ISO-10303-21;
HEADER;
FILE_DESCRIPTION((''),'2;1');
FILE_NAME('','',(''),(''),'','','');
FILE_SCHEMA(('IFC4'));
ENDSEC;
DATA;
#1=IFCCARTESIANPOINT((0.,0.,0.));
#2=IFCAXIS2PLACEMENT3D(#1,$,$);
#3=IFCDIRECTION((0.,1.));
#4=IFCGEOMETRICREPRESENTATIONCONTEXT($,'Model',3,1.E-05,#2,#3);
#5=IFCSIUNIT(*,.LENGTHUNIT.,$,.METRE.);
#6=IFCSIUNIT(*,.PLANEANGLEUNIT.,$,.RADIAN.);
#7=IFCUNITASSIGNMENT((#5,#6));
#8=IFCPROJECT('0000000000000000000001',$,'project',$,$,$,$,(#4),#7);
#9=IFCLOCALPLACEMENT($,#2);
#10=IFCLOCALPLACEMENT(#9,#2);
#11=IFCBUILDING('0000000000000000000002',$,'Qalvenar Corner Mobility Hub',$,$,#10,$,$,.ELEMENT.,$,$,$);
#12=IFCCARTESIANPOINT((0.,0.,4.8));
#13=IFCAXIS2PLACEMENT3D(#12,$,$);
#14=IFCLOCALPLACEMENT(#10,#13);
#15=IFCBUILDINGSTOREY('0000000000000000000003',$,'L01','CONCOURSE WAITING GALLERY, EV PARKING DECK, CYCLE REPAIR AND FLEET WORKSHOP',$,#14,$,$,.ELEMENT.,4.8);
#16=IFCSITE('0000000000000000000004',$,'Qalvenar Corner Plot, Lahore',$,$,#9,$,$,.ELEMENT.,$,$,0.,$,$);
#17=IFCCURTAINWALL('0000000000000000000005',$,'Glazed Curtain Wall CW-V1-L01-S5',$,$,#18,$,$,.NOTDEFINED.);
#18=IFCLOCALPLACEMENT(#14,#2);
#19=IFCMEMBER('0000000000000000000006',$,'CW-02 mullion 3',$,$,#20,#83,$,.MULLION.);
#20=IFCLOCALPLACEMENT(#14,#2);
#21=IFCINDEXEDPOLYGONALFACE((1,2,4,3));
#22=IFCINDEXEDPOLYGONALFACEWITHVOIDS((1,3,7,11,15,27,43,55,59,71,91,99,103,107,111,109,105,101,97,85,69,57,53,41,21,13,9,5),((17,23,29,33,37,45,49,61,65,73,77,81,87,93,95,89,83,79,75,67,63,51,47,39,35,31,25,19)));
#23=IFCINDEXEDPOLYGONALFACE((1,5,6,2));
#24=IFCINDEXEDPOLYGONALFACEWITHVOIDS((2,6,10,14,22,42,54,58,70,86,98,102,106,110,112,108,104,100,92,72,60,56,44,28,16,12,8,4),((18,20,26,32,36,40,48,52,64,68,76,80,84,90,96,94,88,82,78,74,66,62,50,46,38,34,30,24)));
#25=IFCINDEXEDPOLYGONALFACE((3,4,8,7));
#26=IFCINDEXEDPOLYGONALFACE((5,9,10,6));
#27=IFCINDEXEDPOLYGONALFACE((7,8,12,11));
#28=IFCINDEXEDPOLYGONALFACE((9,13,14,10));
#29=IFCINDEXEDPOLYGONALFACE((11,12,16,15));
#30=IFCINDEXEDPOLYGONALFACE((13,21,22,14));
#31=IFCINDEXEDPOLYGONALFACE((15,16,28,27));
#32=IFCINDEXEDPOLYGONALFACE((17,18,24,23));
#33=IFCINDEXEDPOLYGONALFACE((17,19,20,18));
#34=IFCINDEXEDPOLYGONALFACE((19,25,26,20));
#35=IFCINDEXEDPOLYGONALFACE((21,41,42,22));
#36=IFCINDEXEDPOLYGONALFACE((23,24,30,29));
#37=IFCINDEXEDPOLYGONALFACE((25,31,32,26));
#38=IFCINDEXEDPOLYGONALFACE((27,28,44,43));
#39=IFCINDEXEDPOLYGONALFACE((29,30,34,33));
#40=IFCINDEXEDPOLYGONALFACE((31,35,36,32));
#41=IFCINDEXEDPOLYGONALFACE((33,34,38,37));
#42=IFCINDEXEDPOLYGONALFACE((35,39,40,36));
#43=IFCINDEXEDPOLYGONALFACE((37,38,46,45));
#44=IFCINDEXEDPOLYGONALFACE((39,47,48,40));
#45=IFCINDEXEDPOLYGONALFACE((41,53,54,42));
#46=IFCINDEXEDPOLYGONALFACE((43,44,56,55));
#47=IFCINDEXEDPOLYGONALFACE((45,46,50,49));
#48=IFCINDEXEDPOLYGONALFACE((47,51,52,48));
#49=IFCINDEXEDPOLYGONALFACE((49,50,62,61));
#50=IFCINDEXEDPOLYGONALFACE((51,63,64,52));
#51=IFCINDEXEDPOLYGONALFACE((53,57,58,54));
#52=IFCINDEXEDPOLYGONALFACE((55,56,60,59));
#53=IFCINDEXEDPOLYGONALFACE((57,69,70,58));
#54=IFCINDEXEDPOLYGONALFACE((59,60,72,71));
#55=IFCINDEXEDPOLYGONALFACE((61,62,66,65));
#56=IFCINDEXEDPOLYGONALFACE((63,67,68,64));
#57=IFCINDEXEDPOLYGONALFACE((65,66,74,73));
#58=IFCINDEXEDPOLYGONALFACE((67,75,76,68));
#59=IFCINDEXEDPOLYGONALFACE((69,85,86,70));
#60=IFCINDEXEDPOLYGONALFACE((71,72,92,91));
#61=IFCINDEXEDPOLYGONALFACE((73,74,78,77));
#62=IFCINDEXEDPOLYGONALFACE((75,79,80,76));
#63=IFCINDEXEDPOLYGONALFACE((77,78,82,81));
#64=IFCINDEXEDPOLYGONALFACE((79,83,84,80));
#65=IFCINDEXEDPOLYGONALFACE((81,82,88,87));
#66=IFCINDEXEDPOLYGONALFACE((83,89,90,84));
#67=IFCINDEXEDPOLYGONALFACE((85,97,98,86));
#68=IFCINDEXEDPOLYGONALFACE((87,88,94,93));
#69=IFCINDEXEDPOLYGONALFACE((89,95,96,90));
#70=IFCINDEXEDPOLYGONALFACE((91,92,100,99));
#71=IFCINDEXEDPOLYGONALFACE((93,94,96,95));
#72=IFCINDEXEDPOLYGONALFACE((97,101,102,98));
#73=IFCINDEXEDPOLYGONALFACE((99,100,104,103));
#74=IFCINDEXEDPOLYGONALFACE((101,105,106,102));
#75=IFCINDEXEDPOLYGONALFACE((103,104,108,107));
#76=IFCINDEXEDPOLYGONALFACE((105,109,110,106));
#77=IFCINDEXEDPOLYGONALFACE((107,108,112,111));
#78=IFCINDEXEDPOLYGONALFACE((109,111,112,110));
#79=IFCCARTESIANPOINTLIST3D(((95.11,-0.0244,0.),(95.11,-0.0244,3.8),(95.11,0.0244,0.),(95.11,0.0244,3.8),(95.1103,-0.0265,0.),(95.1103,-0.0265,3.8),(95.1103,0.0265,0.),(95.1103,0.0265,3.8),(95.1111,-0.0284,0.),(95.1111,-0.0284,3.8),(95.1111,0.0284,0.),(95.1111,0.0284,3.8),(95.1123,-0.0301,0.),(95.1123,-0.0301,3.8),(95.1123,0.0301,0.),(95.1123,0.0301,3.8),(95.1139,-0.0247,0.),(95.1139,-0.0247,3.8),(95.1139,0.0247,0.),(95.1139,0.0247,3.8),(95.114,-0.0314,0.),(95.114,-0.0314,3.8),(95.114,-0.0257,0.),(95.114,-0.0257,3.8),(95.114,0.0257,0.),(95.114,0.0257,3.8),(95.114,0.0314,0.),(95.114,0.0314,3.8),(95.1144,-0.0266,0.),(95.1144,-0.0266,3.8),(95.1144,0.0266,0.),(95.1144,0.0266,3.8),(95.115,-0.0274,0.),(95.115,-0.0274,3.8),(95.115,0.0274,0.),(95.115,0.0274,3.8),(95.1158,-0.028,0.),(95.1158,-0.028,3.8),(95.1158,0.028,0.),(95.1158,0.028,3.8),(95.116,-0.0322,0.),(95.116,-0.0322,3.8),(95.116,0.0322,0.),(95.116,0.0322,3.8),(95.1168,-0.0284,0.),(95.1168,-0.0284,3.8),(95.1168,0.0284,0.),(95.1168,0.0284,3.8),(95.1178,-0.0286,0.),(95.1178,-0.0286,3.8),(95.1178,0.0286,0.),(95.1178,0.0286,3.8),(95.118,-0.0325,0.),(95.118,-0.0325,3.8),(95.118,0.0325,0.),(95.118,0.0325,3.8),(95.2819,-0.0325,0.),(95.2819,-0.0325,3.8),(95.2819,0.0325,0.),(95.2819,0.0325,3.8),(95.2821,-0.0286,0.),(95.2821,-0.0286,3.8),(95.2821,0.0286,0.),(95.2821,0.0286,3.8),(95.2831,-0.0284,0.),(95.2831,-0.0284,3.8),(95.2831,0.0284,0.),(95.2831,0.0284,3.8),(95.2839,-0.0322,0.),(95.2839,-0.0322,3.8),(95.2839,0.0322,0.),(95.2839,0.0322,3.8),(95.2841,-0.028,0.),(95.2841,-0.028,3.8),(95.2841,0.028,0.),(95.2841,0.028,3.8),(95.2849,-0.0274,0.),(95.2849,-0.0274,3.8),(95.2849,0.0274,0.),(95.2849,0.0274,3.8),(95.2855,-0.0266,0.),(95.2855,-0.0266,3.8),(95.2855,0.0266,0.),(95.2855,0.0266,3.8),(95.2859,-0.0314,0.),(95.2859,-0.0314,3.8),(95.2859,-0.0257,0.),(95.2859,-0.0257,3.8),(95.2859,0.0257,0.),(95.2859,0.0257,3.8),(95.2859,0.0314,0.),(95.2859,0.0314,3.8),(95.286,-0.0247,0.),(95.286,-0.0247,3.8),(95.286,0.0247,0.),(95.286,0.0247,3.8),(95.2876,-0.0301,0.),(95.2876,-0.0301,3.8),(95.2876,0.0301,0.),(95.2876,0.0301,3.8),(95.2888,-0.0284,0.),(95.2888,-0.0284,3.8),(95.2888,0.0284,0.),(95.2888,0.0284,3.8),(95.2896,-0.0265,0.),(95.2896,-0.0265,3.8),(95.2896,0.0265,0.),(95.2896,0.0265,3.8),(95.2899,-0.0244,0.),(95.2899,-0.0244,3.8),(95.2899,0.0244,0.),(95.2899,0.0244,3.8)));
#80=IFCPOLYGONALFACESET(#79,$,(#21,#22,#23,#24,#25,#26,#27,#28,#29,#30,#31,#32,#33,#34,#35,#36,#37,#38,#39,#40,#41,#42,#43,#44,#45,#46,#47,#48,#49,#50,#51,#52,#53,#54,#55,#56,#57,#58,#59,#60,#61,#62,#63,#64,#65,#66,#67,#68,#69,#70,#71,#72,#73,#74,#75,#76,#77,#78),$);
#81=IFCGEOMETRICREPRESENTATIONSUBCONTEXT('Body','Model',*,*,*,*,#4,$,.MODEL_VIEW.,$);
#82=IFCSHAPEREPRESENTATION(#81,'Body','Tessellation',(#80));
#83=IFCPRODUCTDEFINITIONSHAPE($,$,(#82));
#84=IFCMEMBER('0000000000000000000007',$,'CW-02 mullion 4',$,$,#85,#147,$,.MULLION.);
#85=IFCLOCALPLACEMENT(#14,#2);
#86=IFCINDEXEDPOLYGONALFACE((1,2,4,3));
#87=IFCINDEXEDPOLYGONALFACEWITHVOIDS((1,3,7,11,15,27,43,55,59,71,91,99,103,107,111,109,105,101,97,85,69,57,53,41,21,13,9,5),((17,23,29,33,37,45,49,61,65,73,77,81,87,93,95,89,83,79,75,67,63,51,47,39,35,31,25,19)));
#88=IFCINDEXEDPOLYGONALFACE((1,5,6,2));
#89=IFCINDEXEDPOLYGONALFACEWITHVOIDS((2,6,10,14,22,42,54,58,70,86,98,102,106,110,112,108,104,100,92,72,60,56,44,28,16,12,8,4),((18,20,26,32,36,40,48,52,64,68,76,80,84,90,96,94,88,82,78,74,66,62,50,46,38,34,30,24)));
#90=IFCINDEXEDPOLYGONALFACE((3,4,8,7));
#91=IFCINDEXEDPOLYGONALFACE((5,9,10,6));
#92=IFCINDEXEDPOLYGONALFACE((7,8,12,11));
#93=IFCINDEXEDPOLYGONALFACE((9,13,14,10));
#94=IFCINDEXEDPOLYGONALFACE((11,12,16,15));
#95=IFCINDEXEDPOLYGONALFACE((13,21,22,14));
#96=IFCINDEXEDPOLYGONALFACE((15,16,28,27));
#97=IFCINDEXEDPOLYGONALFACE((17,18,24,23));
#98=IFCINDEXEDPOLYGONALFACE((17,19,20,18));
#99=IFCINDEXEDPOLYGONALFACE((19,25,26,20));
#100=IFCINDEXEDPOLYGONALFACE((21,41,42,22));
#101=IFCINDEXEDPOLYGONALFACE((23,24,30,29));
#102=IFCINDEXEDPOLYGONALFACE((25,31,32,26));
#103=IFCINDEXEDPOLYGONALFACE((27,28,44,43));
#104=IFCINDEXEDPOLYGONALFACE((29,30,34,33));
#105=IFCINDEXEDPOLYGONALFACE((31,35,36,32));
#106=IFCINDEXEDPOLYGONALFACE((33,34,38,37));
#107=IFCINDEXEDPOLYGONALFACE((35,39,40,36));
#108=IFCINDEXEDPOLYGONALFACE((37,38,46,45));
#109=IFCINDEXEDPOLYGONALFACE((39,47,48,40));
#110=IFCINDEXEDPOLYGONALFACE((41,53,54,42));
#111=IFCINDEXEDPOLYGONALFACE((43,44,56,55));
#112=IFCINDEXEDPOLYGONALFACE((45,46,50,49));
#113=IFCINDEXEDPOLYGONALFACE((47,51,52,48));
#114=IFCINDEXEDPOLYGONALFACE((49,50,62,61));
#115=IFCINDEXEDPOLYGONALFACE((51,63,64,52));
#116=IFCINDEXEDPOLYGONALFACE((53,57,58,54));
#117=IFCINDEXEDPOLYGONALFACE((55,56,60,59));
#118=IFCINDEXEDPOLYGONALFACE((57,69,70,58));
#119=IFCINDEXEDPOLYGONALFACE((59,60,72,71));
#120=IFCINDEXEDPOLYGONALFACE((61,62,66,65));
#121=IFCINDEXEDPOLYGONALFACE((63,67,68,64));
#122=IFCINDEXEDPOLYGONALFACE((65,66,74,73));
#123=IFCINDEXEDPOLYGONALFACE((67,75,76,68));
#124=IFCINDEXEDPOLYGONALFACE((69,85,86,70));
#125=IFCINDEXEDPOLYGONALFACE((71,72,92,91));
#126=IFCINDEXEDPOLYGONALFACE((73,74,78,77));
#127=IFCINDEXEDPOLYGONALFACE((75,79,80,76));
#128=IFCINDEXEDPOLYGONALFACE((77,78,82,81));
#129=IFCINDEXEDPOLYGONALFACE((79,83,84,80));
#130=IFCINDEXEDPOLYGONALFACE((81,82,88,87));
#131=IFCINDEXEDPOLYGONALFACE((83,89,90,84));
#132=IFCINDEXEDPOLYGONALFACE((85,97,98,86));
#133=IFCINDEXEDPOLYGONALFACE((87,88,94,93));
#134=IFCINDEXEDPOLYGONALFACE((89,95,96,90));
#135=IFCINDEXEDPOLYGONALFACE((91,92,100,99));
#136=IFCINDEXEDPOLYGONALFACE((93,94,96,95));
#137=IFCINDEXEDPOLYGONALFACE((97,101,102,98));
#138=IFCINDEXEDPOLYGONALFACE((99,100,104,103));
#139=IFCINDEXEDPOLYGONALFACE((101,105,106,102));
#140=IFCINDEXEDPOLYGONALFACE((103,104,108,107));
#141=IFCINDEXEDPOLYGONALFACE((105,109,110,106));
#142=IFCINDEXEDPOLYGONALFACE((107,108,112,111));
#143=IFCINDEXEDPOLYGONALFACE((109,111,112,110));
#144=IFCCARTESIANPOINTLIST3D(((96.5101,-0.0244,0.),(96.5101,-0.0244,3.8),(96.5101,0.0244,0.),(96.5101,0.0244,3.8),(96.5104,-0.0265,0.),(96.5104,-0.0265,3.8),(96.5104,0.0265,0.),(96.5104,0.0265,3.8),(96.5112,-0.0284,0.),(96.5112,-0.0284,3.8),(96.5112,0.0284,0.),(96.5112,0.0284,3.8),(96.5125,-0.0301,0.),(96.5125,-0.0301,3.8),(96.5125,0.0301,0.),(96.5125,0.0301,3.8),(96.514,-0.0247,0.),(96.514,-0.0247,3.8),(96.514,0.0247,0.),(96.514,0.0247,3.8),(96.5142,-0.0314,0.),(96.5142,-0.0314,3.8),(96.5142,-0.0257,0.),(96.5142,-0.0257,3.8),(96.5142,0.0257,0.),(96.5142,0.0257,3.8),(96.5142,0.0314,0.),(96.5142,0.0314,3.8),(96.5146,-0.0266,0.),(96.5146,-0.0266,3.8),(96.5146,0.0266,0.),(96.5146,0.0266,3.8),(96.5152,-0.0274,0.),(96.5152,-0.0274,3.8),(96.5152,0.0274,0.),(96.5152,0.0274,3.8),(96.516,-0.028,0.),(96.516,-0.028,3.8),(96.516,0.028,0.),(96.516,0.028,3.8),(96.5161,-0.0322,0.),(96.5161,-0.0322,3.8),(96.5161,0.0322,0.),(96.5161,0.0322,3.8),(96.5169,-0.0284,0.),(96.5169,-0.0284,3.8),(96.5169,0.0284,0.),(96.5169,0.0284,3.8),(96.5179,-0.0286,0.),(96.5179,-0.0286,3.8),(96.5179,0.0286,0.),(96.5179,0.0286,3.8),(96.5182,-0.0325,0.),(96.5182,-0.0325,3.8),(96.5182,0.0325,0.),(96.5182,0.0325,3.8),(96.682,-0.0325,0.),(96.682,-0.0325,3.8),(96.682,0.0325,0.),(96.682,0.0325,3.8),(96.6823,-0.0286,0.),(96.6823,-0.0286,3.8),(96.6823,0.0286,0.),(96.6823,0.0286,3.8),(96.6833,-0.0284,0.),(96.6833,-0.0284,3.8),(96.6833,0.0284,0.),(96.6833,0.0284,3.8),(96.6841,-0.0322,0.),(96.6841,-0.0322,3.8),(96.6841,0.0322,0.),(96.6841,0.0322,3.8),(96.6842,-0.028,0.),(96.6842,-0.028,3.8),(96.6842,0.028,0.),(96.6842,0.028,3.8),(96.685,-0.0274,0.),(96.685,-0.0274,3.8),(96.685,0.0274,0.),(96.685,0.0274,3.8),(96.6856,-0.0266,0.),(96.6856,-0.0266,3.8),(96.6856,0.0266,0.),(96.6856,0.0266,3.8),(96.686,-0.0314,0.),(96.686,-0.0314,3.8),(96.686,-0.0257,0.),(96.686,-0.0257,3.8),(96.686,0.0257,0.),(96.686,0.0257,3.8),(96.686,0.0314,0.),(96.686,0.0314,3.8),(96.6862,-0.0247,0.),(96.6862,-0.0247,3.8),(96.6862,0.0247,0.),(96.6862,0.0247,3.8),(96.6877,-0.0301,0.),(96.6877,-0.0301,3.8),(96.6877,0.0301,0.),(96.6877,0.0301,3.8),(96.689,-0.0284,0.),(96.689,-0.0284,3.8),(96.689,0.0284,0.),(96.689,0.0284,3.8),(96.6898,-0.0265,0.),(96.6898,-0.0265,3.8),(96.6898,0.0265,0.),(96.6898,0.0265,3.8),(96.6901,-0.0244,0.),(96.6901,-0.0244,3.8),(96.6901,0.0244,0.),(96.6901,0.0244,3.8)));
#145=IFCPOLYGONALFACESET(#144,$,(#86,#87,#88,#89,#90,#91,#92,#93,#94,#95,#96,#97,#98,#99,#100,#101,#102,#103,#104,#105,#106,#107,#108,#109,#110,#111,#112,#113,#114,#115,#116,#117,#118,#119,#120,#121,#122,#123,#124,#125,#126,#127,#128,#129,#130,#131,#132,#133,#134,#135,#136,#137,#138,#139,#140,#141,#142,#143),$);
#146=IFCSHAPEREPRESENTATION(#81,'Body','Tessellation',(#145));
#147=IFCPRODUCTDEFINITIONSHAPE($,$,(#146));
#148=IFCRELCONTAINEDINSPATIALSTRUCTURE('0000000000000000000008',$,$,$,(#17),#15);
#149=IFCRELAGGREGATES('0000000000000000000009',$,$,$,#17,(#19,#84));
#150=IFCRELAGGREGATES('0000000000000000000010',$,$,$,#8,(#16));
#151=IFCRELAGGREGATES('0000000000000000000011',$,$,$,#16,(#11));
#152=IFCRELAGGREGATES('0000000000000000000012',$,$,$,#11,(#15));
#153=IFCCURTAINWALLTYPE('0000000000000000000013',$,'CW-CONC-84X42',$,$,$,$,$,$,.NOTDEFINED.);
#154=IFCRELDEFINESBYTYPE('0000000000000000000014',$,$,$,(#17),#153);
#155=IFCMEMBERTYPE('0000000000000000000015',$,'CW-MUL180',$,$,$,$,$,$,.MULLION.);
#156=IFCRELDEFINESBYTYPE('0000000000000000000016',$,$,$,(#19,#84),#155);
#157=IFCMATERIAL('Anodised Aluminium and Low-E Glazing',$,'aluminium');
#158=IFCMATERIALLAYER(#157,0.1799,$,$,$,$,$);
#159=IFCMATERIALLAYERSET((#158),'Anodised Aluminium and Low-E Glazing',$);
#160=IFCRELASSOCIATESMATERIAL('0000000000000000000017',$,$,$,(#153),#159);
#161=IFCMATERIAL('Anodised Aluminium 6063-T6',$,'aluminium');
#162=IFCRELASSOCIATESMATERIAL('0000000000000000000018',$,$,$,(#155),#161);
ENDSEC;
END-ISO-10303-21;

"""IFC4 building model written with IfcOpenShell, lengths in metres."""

from ifc_helpers import new_model, si_unit, direction, frame, origin, origin_2d, place, context, subcontext, project, spatial, hollow_rectangle, extrude, material, layer, layer_set, material_profile, profile_set, type_object, element, aggregate, save


model = new_model("IFC4")

# Units and contexts
model_context = context("Model", 3, precision=1e-05, world=origin(), true_north=direction((0.0, 1.0)))
body_context = subcontext(model_context, "Body", "Model", "MODEL_VIEW")
ifc_project = project(units=[si_unit("LENGTHUNIT", "METRE"), si_unit("PLANEANGLEUNIT", "RADIAN")], contexts=[model_context])

# Site, building, storey
site_placement = place(None, origin())
site = spatial("IfcSite", under=ifc_project, at=site_placement, Name="Qalvenar Corner Plot, Lahore", CompositionType="ELEMENT", RefElevation=0.0)
building_placement = place(site_placement, origin())
building = spatial("IfcBuilding", under=site, at=building_placement, Name="Qalvenar Corner Mobility Hub", CompositionType="ELEMENT")
storey_placement = place(building_placement, frame((0.0, 0.0, 4.8)))
storey = spatial("IfcBuildingStorey", under=building, at=storey_placement, Name="L01", Description="CONCOURSE WAITING GALLERY, EV PARKING DECK, CYCLE REPAIR AND FLEET WORKSHOP", CompositionType="ELEMENT", Elevation=4.8)

# Shared definitions
ifc_material_1 = material(Name="Anodised Aluminium and Low-E Glazing", Category="aluminium")
ifc_layer_1 = layer(ifc_material_1, 0.1799)
ifc_layer_set_1 = layer_set([ifc_layer_1], Name="Anodised Aluminium and Low-E Glazing")
curtain_wall_type = type_object("IfcCurtainWallType", Name="CW-CONC-84X42", PredefinedType="NOTDEFINED", material=ifc_layer_set_1)
ifc_material_2 = material(Name="Anodised Aluminium 6063-T6", Category="aluminium")
ifc_material_profile_1 = material_profile(ifc_material_2, hollow_rectangle(XDim=0.0649, YDim=0.1799, WallThickness=0.0039, InnerFilletRadius=0.0039, OuterFilletRadius=0.0081, at=origin_2d()), Name="RHS180x65x4")
ifc_profile_set_1 = profile_set([ifc_material_profile_1], Name="Anodised Aluminium 6063-T6")
member_type_1 = type_object("IfcMemberType", Name="CW-MUL180", PredefinedType="MULLION", material=ifc_profile_set_1)

# Curtain wall, members
curtain_wall_1_placement = place(storey_placement, origin())
curtain_wall_1 = element("IfcCurtainWall", 1, at=curtain_wall_1_placement, inside=storey, type_object=curtain_wall_type, Name="Glazed Curtain Wall CW-V1-L01-S5", PredefinedType="NOTDEFINED")
member_1_placement = place(storey_placement, frame((95.2, 0.0, 0.0), z_axis=(0.0, 0.0, 1.0), x_axis=(0.0, 1.0, 0.0)))
member_1 = element("IfcMember", 2, at=member_1_placement, type_object=member_type_1, Name="CW-02 mullion 3", PredefinedType="MULLION", context=body_context, shape_type="SweptSolid", body=[
    extrude(hollow_rectangle(XDim=0.0649, YDim=0.1799, WallThickness=0.0039, InnerFilletRadius=0.0039, OuterFilletRadius=0.0081, at=origin_2d()), origin(), (0.0, 0.0, 1.0), 3.8),
])
member_2_placement = place(storey_placement, frame((96.6001, 0.0, 0.0), z_axis=(0.0, 0.0, 1.0), x_axis=(0.0, 1.0, 0.0)))
member_2 = element("IfcMember", 3, at=member_2_placement, type_object=member_type_1, Name="CW-02 mullion 4", PredefinedType="MULLION", context=body_context, shape_type="SweptSolid", body=[
    extrude(hollow_rectangle(XDim=0.0649, YDim=0.1799, WallThickness=0.0039, InnerFilletRadius=0.0039, OuterFilletRadius=0.0081, at=origin_2d()), origin(), (0.0, 0.0, 1.0), 3.8),
])

aggregate(curtain_wall_1, [member_1, member_2])

save(model, "model.ifc")
